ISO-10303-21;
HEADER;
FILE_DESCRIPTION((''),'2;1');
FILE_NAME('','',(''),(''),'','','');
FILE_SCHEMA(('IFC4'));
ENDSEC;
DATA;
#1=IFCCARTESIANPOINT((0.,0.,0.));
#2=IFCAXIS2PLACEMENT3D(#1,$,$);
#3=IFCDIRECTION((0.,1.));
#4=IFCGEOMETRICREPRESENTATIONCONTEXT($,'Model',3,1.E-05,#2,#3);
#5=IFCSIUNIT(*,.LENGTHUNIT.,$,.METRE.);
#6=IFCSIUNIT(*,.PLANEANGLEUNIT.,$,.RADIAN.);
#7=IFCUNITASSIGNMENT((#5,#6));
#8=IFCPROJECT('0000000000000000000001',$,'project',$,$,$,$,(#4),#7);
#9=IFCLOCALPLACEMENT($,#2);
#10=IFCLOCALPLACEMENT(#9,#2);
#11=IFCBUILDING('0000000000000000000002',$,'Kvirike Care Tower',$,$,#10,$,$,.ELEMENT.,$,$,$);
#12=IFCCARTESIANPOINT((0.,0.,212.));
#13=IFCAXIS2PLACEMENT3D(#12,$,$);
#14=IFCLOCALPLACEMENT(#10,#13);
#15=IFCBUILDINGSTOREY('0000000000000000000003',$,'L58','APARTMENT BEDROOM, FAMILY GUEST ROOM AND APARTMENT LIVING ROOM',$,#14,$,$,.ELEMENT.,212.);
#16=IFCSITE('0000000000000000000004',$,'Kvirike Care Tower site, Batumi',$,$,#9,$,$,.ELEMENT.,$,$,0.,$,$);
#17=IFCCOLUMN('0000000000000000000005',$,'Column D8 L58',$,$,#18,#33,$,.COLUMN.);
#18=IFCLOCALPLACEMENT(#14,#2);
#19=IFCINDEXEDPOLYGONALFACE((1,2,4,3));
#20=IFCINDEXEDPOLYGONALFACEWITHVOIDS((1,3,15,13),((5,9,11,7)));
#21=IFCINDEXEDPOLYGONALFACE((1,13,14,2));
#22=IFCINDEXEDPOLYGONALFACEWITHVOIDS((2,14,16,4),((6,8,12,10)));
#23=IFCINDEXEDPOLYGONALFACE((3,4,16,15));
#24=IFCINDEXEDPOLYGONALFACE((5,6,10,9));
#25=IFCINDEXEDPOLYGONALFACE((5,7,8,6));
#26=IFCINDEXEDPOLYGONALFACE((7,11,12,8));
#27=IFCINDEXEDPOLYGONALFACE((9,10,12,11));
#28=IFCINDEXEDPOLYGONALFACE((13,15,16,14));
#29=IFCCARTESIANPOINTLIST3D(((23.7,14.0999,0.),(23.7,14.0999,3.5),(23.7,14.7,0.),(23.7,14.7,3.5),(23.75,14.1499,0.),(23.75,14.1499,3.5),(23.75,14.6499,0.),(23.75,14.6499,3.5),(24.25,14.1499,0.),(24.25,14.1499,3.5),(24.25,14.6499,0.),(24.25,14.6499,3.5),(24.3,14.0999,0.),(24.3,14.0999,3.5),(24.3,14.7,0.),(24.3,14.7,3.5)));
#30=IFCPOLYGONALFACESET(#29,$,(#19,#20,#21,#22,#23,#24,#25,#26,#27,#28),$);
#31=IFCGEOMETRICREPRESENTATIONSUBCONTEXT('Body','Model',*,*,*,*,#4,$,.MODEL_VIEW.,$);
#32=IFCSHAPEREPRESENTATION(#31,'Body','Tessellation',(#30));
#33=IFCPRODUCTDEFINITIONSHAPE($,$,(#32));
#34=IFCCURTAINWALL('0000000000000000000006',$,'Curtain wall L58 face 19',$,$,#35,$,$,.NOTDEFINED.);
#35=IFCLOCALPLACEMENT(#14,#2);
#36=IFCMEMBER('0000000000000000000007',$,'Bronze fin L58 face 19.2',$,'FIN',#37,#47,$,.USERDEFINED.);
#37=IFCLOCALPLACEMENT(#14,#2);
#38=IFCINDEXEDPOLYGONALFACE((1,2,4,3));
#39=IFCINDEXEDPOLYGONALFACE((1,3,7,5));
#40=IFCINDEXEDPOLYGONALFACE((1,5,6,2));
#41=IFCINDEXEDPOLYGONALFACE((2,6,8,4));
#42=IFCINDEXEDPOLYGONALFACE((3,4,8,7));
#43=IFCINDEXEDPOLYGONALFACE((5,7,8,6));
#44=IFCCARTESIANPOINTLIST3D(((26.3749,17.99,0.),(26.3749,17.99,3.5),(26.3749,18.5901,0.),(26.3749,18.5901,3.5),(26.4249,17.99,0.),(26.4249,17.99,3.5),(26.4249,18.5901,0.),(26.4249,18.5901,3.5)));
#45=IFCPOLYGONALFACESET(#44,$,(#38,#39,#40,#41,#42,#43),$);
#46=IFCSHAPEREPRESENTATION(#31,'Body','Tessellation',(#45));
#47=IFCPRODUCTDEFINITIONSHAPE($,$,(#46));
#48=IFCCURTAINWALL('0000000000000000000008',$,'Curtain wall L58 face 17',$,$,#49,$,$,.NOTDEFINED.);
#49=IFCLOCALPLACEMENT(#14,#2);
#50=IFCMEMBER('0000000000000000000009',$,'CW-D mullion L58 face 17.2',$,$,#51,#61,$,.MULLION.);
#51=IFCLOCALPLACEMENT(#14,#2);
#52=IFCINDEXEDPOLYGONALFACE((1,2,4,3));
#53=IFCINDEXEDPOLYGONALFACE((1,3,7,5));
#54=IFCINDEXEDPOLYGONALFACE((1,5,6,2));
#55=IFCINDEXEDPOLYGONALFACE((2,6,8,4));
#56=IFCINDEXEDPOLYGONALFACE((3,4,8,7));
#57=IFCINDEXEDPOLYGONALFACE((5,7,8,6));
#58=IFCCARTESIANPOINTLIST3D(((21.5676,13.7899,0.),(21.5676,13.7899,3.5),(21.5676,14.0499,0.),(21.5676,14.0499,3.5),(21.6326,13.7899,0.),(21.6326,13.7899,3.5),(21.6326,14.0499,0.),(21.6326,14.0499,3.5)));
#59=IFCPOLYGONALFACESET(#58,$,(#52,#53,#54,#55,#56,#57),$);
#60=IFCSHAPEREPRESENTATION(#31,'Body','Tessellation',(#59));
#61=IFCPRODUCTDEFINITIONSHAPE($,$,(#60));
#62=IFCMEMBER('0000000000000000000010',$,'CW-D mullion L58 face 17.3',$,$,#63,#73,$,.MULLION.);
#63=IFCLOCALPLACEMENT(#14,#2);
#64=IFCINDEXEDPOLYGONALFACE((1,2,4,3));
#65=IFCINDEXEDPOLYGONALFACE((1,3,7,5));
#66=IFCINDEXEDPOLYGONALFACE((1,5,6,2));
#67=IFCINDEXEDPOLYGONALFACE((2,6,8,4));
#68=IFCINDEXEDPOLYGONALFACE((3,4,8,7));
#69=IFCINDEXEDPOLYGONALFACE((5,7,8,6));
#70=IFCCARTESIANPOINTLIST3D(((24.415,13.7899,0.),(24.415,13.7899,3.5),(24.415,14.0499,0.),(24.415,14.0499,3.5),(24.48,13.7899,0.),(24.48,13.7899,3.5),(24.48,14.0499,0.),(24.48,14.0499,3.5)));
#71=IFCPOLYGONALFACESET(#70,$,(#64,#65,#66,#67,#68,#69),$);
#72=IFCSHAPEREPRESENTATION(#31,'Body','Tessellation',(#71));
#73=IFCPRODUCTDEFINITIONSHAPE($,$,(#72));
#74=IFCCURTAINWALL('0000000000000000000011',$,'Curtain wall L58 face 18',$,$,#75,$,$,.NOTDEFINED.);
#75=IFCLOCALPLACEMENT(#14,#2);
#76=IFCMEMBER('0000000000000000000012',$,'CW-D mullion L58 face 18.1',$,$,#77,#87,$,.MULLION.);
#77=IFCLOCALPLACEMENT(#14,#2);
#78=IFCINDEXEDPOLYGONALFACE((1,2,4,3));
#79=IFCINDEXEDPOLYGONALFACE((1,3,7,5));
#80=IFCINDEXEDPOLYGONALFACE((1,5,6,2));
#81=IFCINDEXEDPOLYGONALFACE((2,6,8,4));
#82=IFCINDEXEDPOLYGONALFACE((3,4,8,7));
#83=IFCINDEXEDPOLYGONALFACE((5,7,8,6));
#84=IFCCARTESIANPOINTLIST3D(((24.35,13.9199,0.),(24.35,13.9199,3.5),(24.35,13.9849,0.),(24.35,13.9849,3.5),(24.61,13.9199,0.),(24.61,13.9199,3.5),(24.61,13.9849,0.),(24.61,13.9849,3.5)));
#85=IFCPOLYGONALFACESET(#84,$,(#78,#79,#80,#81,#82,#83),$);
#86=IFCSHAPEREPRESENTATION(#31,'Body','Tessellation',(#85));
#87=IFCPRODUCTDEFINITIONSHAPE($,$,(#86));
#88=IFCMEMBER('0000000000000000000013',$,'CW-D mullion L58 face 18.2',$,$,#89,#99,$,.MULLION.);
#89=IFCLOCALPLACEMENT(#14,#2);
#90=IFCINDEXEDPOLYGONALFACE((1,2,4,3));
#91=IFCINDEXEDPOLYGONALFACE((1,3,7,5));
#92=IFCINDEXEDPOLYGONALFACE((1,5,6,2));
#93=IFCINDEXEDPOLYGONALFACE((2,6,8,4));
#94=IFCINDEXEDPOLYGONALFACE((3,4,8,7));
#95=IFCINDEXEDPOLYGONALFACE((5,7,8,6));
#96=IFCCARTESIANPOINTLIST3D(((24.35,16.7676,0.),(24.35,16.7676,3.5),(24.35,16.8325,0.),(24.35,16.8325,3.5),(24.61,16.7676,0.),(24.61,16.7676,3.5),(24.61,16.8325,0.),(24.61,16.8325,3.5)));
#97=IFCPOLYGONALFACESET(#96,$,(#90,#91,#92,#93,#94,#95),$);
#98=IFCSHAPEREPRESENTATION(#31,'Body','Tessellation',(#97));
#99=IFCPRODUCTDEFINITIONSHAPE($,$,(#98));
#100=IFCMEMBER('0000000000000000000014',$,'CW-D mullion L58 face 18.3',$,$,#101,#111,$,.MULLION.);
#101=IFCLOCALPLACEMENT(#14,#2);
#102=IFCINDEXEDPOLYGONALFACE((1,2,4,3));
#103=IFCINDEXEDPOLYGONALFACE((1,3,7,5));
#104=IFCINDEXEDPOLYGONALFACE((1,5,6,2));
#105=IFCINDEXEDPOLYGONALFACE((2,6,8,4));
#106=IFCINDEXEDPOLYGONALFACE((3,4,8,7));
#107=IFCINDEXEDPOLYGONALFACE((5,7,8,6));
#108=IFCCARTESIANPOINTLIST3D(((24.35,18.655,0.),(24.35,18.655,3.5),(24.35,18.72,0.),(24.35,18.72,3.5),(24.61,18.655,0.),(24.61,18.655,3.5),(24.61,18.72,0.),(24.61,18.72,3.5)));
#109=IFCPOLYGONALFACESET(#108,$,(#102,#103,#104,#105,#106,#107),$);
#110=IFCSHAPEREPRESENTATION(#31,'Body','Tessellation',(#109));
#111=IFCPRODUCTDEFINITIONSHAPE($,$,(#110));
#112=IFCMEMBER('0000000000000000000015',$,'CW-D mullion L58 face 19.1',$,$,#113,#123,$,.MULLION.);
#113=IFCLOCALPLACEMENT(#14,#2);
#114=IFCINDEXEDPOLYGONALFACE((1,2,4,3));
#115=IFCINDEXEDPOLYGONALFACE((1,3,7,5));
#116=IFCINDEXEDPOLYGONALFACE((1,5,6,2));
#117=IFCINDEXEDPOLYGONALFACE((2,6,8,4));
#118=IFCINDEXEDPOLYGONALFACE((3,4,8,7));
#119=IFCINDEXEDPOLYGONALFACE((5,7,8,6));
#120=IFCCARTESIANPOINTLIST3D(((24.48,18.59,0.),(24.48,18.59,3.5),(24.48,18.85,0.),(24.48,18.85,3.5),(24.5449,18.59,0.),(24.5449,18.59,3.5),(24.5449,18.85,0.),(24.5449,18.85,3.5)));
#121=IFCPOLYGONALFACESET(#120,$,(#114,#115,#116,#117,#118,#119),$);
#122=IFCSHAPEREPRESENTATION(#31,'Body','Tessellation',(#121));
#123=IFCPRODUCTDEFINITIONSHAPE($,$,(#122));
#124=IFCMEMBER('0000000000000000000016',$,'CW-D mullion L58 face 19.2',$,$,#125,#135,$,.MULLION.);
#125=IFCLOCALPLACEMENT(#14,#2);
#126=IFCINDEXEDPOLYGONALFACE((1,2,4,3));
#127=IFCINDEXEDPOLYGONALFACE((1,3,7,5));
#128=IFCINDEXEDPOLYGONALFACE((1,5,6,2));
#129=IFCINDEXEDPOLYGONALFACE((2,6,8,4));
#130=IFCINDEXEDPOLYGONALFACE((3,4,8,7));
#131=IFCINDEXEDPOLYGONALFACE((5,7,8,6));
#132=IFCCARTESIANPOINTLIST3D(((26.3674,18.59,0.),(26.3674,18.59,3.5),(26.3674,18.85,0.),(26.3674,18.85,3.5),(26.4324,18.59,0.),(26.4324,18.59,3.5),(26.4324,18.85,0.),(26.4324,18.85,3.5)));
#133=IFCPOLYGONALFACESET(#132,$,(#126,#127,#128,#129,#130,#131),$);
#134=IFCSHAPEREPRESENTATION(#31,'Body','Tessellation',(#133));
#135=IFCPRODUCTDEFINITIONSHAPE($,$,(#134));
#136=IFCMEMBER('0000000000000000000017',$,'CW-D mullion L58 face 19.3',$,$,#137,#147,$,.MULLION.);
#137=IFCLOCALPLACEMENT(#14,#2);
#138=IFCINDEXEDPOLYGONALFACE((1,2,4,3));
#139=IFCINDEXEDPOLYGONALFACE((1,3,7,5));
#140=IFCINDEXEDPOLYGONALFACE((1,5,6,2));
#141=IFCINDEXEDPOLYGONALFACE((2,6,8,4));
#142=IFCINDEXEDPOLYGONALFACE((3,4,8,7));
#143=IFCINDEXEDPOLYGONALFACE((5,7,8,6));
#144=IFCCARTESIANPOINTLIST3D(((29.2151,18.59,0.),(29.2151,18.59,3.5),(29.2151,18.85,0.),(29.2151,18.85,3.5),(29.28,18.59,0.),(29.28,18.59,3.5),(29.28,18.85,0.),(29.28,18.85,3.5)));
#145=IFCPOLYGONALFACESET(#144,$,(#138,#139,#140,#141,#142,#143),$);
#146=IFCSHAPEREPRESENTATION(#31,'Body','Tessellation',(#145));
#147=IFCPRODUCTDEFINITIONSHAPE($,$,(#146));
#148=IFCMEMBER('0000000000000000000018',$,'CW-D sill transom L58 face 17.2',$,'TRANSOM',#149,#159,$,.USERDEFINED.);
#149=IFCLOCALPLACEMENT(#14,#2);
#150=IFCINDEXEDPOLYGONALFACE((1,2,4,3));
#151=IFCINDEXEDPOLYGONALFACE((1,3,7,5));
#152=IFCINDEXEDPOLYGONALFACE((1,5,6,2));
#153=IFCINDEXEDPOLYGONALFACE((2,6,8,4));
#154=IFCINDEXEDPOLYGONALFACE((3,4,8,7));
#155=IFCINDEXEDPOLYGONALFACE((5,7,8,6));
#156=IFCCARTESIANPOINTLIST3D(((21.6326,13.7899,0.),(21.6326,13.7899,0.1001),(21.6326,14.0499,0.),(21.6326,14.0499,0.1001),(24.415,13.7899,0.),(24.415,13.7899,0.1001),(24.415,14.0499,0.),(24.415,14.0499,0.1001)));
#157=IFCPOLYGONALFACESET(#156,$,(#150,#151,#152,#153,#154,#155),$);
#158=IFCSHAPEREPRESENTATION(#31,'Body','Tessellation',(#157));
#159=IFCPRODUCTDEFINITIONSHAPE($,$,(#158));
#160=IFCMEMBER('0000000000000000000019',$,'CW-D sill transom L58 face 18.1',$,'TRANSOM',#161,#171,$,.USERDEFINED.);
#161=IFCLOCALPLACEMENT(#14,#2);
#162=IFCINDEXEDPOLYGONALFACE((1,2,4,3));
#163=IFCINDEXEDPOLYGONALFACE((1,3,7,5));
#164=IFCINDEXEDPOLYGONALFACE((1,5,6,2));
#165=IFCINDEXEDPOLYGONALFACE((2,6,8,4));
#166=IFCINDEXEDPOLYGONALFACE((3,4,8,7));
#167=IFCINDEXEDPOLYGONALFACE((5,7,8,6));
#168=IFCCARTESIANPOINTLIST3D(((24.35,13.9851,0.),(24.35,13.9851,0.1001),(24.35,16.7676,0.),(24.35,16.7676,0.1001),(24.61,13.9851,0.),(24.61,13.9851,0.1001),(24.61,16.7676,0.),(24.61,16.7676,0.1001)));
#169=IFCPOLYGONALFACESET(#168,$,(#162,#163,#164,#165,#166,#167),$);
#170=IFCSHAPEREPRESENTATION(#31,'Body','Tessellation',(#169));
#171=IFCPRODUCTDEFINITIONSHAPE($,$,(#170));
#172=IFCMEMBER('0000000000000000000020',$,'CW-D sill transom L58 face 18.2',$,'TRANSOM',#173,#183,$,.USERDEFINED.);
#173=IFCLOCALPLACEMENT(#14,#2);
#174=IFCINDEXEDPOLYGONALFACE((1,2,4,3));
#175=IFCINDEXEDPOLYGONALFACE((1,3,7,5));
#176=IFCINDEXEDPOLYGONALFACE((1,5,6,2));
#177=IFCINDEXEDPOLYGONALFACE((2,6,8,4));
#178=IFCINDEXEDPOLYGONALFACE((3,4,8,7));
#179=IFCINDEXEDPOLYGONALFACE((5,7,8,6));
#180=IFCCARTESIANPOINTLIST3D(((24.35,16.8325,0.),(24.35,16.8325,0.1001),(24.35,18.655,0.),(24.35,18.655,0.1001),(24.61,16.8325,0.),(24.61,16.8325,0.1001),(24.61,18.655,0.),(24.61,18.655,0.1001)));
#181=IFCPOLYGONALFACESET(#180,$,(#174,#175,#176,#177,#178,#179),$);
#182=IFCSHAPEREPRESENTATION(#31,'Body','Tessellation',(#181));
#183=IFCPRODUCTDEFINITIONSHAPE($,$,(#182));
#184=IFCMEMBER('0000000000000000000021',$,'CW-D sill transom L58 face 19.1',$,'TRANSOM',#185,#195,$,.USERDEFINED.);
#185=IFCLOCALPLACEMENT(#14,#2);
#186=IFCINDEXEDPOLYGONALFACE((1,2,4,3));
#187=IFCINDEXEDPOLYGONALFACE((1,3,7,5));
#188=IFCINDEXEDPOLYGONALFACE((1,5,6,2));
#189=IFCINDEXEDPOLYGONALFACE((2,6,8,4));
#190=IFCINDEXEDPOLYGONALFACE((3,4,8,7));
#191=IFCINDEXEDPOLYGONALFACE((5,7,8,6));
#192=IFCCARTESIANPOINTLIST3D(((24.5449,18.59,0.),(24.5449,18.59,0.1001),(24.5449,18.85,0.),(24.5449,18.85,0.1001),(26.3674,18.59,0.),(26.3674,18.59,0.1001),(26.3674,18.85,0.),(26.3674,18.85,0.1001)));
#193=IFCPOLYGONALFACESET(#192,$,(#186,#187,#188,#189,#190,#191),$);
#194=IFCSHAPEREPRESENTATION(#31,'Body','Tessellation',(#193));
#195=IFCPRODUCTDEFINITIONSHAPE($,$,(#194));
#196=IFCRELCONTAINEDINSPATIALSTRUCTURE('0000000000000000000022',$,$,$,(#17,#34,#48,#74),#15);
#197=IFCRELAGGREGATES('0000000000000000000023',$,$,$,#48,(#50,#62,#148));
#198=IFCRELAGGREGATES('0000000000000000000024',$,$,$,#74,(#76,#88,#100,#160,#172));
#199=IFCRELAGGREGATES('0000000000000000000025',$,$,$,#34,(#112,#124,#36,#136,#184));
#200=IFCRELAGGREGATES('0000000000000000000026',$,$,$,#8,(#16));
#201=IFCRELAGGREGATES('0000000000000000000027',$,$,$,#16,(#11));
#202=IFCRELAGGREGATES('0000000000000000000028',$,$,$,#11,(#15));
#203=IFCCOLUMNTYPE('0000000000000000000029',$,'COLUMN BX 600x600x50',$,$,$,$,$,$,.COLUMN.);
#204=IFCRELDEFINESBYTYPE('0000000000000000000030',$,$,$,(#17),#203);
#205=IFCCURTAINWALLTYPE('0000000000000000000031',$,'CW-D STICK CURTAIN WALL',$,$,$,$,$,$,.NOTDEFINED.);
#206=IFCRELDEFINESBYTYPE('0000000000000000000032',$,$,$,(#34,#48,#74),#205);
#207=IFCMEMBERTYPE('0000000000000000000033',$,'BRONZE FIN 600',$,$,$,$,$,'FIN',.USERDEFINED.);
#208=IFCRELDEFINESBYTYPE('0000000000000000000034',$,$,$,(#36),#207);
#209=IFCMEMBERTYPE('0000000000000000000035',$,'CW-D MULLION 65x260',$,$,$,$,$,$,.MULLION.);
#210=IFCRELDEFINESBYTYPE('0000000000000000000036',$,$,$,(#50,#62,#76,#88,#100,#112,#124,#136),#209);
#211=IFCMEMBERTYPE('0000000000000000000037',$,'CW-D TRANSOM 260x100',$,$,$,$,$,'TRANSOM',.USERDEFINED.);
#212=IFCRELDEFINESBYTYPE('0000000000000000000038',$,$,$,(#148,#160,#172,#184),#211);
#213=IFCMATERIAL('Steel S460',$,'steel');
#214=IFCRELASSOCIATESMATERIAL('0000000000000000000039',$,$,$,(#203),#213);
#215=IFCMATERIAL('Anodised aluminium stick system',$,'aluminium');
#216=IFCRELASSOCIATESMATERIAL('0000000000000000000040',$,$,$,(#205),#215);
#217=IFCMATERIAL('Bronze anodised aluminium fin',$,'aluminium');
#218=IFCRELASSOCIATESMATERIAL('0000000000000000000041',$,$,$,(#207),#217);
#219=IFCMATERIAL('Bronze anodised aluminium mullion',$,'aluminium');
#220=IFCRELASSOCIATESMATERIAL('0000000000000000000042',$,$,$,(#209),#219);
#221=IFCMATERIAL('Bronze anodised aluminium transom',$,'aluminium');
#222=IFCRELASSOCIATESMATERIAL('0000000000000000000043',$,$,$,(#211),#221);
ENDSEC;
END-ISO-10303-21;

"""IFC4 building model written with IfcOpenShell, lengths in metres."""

from ifc_helpers import new_model, si_unit, direction, frame, origin, origin_2d, place, context, subcontext, project, spatial, rectangle, hollow_rectangle, extrude, material, material_profile, profile_set, type_object, element, aggregate, save


model = new_model("IFC4")

# Units and contexts
model_context = context("Model", 3, precision=1e-05, world=origin(), true_north=direction((0.0, 1.0)))
body_context = subcontext(model_context, "Body", "Model", "MODEL_VIEW")
ifc_project = project(units=[si_unit("LENGTHUNIT", "METRE"), si_unit("PLANEANGLEUNIT", "RADIAN")], contexts=[model_context])

# Site, building, storey
site_placement = place(None, origin())
site = spatial("IfcSite", under=ifc_project, at=site_placement, Name="Kvirike Care Tower site, Batumi", CompositionType="ELEMENT", RefElevation=0.0)
building_placement = place(site_placement, origin())
building = spatial("IfcBuilding", under=site, at=building_placement, Name="Kvirike Care Tower", CompositionType="ELEMENT")
storey_placement = place(building_placement, frame((0.0, 0.0, 212.0)))
storey = spatial("IfcBuildingStorey", under=building, at=storey_placement, Name="L58", Description="APARTMENT BEDROOM, FAMILY GUEST ROOM AND APARTMENT LIVING ROOM", CompositionType="ELEMENT", Elevation=212.0)

# Column
ifc_material_1 = material(Name="Steel S460", Category="steel")
ifc_material_profile_1 = material_profile(ifc_material_1, hollow_rectangle(XDim=0.6001, YDim=0.6001, WallThickness=0.05, at=origin_2d()), Name="BX 600x600x50")
ifc_profile_set_1 = profile_set([ifc_material_profile_1], Name="Steel S460")
column_type = type_object("IfcColumnType", Name="COLUMN BX 600x600x50", PredefinedType="COLUMN", material=ifc_profile_set_1)
column_placement = place(storey_placement, frame((24.0, 14.3999, 0.0), z_axis=(0.0, 0.0, 1.0), x_axis=(0.0, 1.0, 0.0)))
element("IfcColumn", 1, at=column_placement, inside=storey, type_object=column_type, Name="Column D8 L58", PredefinedType="COLUMN", context=body_context, shape_type="SweptSolid", body=[
    extrude(hollow_rectangle(XDim=0.6001, YDim=0.6001, WallThickness=0.05, at=origin_2d()), origin(), (0.0, 0.0, 1.0), 3.5),
])

# Curtain wall, member
ifc_material_2 = material(Name="Anodised aluminium stick system", Category="aluminium")
curtain_wall_type = type_object("IfcCurtainWallType", Name="CW-D STICK CURTAIN WALL", PredefinedType="NOTDEFINED", material=ifc_material_2)
curtain_wall_1_placement = place(storey_placement, origin())
curtain_wall_1 = element("IfcCurtainWall", 2, at=curtain_wall_1_placement, inside=storey, type_object=curtain_wall_type, Name="Curtain wall L58 face 19", PredefinedType="NOTDEFINED")
ifc_material_3 = material(Name="Bronze anodised aluminium fin", Category="aluminium")
ifc_material_profile_2 = material_profile(ifc_material_3, rectangle(XDim=0.05, YDim=0.6001, at=origin_2d()), Name="BRONZE FIN 600")
ifc_profile_set_2 = profile_set([ifc_material_profile_2], Name="Bronze anodised aluminium fin")
member_type_1 = type_object("IfcMemberType", Name="BRONZE FIN 600", ElementType="FIN", PredefinedType="USERDEFINED", material=ifc_profile_set_2)
member_1_placement = place(storey_placement, frame((26.3999, 18.29, 0.0), z_axis=(0.0, 0.0, 1.0), x_axis=(1.0, 0.0, 0.0)))
member_1 = element("IfcMember", 3, at=member_1_placement, type_object=member_type_1, Name="Bronze fin L58 face 19.2", ObjectType="FIN", PredefinedType="USERDEFINED", context=body_context, shape_type="SweptSolid", body=[
    extrude(rectangle(XDim=0.05, YDim=0.6001, at=origin_2d()), origin(), (0.0, 0.0, 1.0), 3.5),
])

# Curtain walls, members
curtain_wall_2_placement = place(storey_placement, origin())
curtain_wall_2 = element("IfcCurtainWall", 4, at=curtain_wall_2_placement, inside=storey, type_object=curtain_wall_type, Name="Curtain wall L58 face 17", PredefinedType="NOTDEFINED")
ifc_material_4 = material(Name="Bronze anodised aluminium mullion", Category="aluminium")
ifc_material_profile_3 = material_profile(ifc_material_4, rectangle(XDim=0.0649, YDim=0.26, at=origin_2d()), Name="CW-D MULLION 65x260")
ifc_profile_set_3 = profile_set([ifc_material_profile_3], Name="Bronze anodised aluminium mullion")
member_type_2 = type_object("IfcMemberType", Name="CW-D MULLION 65x260", PredefinedType="MULLION", material=ifc_profile_set_3)
member_2_placement = place(storey_placement, frame((21.6001, 13.9199, 0.0), z_axis=(0.0, 0.0, 1.0), x_axis=(1.0, 0.0, 0.0)))
member_2 = element("IfcMember", 5, at=member_2_placement, type_object=member_type_2, Name="CW-D mullion L58 face 17.2", PredefinedType="MULLION", context=body_context, shape_type="SweptSolid", body=[
    extrude(rectangle(XDim=0.0649, YDim=0.26, at=origin_2d()), origin(), (0.0, 0.0, 1.0), 3.5),
])
member_3_placement = place(storey_placement, frame((24.4475, 13.9199, 0.0), z_axis=(0.0, 0.0, 1.0), x_axis=(1.0, 0.0, 0.0)))
member_3 = element("IfcMember", 6, at=member_3_placement, type_object=member_type_2, Name="CW-D mullion L58 face 17.3", PredefinedType="MULLION", context=body_context, shape_type="SweptSolid", body=[
    extrude(rectangle(XDim=0.0649, YDim=0.26, at=origin_2d()), origin(), (0.0, 0.0, 1.0), 3.5),
])
curtain_wall_3_placement = place(storey_placement, origin())
curtain_wall_3 = element("IfcCurtainWall", 7, at=curtain_wall_3_placement, inside=storey, type_object=curtain_wall_type, Name="Curtain wall L58 face 18", PredefinedType="NOTDEFINED")
member_4_placement = place(storey_placement, frame((24.48, 13.9524, 0.0), z_axis=(0.0, 0.0, 1.0), x_axis=(0.0, 1.0, 0.0)))
member_4 = element("IfcMember", 8, at=member_4_placement, type_object=member_type_2, Name="CW-D mullion L58 face 18.1", PredefinedType="MULLION", context=body_context, shape_type="SweptSolid", body=[
    extrude(rectangle(XDim=0.0649, YDim=0.26, at=origin_2d()), origin(), (0.0, 0.0, 1.0), 3.5),
])
member_5_placement = place(storey_placement, frame((24.48, 16.8, 0.0), z_axis=(0.0, 0.0, 1.0), x_axis=(0.0, 1.0, 0.0)))
member_5 = element("IfcMember", 9, at=member_5_placement, type_object=member_type_2, Name="CW-D mullion L58 face 18.2", PredefinedType="MULLION", context=body_context, shape_type="SweptSolid", body=[
    extrude(rectangle(XDim=0.0649, YDim=0.26, at=origin_2d()), origin(), (0.0, 0.0, 1.0), 3.5),
])
member_6_placement = place(storey_placement, frame((24.48, 18.6875, 0.0), z_axis=(0.0, 0.0, 1.0), x_axis=(0.0, 1.0, 0.0)))
member_6 = element("IfcMember", 10, at=member_6_placement, type_object=member_type_2, Name="CW-D mullion L58 face 18.3", PredefinedType="MULLION", context=body_context, shape_type="SweptSolid", body=[
    extrude(rectangle(XDim=0.0649, YDim=0.26, at=origin_2d()), origin(), (0.0, 0.0, 1.0), 3.5),
])

# Members
member_7_placement = place(storey_placement, frame((24.5125, 18.72, 0.0), z_axis=(0.0, 0.0, 1.0), x_axis=(1.0, 0.0, 0.0)))
member_7 = element("IfcMember", 11, at=member_7_placement, type_object=member_type_2, Name="CW-D mullion L58 face 19.1", PredefinedType="MULLION", context=body_context, shape_type="SweptSolid", body=[
    extrude(rectangle(XDim=0.0649, YDim=0.26, at=origin_2d()), origin(), (0.0, 0.0, 1.0), 3.5),
])
member_8_placement = place(storey_placement, frame((26.3999, 18.72, 0.0), z_axis=(0.0, 0.0, 1.0), x_axis=(1.0, 0.0, 0.0)))
member_8 = element("IfcMember", 12, at=member_8_placement, type_object=member_type_2, Name="CW-D mullion L58 face 19.2", PredefinedType="MULLION", context=body_context, shape_type="SweptSolid", body=[
    extrude(rectangle(XDim=0.0649, YDim=0.26, at=origin_2d()), origin(), (0.0, 0.0, 1.0), 3.5),
])
member_9_placement = place(storey_placement, frame((29.2476, 18.72, 0.0), z_axis=(0.0, 0.0, 1.0), x_axis=(1.0, 0.0, 0.0)))
member_9 = element("IfcMember", 13, at=member_9_placement, type_object=member_type_2, Name="CW-D mullion L58 face 19.3", PredefinedType="MULLION", context=body_context, shape_type="SweptSolid", body=[
    extrude(rectangle(XDim=0.0649, YDim=0.26, at=origin_2d()), origin(), (0.0, 0.0, 1.0), 3.5),
])
ifc_material_5 = material(Name="Bronze anodised aluminium transom", Category="aluminium")
ifc_material_profile_4 = material_profile(ifc_material_5, rectangle(XDim=0.26, YDim=0.1001, at=origin_2d()), Name="CW-D TRANSOM 260x100")
ifc_profile_set_4 = profile_set([ifc_material_profile_4], Name="Bronze anodised aluminium transom")
member_type_3 = type_object("IfcMemberType", Name="CW-D TRANSOM 260x100", ElementType="TRANSOM", PredefinedType="USERDEFINED", material=ifc_profile_set_4)
member_10_placement = place(storey_placement, frame((21.6326, 13.9199, 0.05), z_axis=(1.0, 0.0, 0.0), x_axis=(0.0, 1.0, 0.0)))
member_10 = element("IfcMember", 14, at=member_10_placement, type_object=member_type_3, Name="CW-D sill transom L58 face 17.2", ObjectType="TRANSOM", PredefinedType="USERDEFINED", context=body_context, shape_type="SweptSolid", body=[
    extrude(rectangle(XDim=0.26, YDim=0.1001, at=origin_2d()), origin(), (0.0, 0.0, 1.0), 2.7825),
])
member_11_placement = place(storey_placement, frame((24.48, 13.9851, 0.05), z_axis=(0.0, 1.0, 0.0), x_axis=(-1.0, 0.0, 0.0)))
member_11 = element("IfcMember", 15, at=member_11_placement, type_object=member_type_3, Name="CW-D sill transom L58 face 18.1", ObjectType="TRANSOM", PredefinedType="USERDEFINED", context=body_context, shape_type="SweptSolid", body=[
    extrude(rectangle(XDim=0.26, YDim=0.1001, at=origin_2d()), origin(), (0.0, 0.0, 1.0), 2.7825),
])
member_12_placement = place(storey_placement, frame((24.48, 16.8325, 0.05), z_axis=(0.0, 1.0, 0.0), x_axis=(-1.0, 0.0, 0.0)))
member_12 = element("IfcMember", 16, at=member_12_placement, type_object=member_type_3, Name="CW-D sill transom L58 face 18.2", ObjectType="TRANSOM", PredefinedType="USERDEFINED", context=body_context, shape_type="SweptSolid", body=[
    extrude(rectangle(XDim=0.26, YDim=0.1001, at=origin_2d()), origin(), (0.0, 0.0, 1.0), 1.8225),
])
member_13_placement = place(storey_placement, frame((24.5449, 18.72, 0.05), z_axis=(1.0, 0.0, 0.0), x_axis=(0.0, 1.0, 0.0)))
member_13 = element("IfcMember", 17, at=member_13_placement, type_object=member_type_3, Name="CW-D sill transom L58 face 19.1", ObjectType="TRANSOM", PredefinedType="USERDEFINED", context=body_context, shape_type="SweptSolid", body=[
    extrude(rectangle(XDim=0.26, YDim=0.1001, at=origin_2d()), origin(), (0.0, 0.0, 1.0), 1.8225),
])

aggregate(curtain_wall_2, [member_2, member_3, member_10])
aggregate(curtain_wall_3, [member_4, member_5, member_6, member_11, member_12])
aggregate(curtain_wall_1, [member_7, member_8, member_1, member_9, member_13])

save(model, "model.ifc")
